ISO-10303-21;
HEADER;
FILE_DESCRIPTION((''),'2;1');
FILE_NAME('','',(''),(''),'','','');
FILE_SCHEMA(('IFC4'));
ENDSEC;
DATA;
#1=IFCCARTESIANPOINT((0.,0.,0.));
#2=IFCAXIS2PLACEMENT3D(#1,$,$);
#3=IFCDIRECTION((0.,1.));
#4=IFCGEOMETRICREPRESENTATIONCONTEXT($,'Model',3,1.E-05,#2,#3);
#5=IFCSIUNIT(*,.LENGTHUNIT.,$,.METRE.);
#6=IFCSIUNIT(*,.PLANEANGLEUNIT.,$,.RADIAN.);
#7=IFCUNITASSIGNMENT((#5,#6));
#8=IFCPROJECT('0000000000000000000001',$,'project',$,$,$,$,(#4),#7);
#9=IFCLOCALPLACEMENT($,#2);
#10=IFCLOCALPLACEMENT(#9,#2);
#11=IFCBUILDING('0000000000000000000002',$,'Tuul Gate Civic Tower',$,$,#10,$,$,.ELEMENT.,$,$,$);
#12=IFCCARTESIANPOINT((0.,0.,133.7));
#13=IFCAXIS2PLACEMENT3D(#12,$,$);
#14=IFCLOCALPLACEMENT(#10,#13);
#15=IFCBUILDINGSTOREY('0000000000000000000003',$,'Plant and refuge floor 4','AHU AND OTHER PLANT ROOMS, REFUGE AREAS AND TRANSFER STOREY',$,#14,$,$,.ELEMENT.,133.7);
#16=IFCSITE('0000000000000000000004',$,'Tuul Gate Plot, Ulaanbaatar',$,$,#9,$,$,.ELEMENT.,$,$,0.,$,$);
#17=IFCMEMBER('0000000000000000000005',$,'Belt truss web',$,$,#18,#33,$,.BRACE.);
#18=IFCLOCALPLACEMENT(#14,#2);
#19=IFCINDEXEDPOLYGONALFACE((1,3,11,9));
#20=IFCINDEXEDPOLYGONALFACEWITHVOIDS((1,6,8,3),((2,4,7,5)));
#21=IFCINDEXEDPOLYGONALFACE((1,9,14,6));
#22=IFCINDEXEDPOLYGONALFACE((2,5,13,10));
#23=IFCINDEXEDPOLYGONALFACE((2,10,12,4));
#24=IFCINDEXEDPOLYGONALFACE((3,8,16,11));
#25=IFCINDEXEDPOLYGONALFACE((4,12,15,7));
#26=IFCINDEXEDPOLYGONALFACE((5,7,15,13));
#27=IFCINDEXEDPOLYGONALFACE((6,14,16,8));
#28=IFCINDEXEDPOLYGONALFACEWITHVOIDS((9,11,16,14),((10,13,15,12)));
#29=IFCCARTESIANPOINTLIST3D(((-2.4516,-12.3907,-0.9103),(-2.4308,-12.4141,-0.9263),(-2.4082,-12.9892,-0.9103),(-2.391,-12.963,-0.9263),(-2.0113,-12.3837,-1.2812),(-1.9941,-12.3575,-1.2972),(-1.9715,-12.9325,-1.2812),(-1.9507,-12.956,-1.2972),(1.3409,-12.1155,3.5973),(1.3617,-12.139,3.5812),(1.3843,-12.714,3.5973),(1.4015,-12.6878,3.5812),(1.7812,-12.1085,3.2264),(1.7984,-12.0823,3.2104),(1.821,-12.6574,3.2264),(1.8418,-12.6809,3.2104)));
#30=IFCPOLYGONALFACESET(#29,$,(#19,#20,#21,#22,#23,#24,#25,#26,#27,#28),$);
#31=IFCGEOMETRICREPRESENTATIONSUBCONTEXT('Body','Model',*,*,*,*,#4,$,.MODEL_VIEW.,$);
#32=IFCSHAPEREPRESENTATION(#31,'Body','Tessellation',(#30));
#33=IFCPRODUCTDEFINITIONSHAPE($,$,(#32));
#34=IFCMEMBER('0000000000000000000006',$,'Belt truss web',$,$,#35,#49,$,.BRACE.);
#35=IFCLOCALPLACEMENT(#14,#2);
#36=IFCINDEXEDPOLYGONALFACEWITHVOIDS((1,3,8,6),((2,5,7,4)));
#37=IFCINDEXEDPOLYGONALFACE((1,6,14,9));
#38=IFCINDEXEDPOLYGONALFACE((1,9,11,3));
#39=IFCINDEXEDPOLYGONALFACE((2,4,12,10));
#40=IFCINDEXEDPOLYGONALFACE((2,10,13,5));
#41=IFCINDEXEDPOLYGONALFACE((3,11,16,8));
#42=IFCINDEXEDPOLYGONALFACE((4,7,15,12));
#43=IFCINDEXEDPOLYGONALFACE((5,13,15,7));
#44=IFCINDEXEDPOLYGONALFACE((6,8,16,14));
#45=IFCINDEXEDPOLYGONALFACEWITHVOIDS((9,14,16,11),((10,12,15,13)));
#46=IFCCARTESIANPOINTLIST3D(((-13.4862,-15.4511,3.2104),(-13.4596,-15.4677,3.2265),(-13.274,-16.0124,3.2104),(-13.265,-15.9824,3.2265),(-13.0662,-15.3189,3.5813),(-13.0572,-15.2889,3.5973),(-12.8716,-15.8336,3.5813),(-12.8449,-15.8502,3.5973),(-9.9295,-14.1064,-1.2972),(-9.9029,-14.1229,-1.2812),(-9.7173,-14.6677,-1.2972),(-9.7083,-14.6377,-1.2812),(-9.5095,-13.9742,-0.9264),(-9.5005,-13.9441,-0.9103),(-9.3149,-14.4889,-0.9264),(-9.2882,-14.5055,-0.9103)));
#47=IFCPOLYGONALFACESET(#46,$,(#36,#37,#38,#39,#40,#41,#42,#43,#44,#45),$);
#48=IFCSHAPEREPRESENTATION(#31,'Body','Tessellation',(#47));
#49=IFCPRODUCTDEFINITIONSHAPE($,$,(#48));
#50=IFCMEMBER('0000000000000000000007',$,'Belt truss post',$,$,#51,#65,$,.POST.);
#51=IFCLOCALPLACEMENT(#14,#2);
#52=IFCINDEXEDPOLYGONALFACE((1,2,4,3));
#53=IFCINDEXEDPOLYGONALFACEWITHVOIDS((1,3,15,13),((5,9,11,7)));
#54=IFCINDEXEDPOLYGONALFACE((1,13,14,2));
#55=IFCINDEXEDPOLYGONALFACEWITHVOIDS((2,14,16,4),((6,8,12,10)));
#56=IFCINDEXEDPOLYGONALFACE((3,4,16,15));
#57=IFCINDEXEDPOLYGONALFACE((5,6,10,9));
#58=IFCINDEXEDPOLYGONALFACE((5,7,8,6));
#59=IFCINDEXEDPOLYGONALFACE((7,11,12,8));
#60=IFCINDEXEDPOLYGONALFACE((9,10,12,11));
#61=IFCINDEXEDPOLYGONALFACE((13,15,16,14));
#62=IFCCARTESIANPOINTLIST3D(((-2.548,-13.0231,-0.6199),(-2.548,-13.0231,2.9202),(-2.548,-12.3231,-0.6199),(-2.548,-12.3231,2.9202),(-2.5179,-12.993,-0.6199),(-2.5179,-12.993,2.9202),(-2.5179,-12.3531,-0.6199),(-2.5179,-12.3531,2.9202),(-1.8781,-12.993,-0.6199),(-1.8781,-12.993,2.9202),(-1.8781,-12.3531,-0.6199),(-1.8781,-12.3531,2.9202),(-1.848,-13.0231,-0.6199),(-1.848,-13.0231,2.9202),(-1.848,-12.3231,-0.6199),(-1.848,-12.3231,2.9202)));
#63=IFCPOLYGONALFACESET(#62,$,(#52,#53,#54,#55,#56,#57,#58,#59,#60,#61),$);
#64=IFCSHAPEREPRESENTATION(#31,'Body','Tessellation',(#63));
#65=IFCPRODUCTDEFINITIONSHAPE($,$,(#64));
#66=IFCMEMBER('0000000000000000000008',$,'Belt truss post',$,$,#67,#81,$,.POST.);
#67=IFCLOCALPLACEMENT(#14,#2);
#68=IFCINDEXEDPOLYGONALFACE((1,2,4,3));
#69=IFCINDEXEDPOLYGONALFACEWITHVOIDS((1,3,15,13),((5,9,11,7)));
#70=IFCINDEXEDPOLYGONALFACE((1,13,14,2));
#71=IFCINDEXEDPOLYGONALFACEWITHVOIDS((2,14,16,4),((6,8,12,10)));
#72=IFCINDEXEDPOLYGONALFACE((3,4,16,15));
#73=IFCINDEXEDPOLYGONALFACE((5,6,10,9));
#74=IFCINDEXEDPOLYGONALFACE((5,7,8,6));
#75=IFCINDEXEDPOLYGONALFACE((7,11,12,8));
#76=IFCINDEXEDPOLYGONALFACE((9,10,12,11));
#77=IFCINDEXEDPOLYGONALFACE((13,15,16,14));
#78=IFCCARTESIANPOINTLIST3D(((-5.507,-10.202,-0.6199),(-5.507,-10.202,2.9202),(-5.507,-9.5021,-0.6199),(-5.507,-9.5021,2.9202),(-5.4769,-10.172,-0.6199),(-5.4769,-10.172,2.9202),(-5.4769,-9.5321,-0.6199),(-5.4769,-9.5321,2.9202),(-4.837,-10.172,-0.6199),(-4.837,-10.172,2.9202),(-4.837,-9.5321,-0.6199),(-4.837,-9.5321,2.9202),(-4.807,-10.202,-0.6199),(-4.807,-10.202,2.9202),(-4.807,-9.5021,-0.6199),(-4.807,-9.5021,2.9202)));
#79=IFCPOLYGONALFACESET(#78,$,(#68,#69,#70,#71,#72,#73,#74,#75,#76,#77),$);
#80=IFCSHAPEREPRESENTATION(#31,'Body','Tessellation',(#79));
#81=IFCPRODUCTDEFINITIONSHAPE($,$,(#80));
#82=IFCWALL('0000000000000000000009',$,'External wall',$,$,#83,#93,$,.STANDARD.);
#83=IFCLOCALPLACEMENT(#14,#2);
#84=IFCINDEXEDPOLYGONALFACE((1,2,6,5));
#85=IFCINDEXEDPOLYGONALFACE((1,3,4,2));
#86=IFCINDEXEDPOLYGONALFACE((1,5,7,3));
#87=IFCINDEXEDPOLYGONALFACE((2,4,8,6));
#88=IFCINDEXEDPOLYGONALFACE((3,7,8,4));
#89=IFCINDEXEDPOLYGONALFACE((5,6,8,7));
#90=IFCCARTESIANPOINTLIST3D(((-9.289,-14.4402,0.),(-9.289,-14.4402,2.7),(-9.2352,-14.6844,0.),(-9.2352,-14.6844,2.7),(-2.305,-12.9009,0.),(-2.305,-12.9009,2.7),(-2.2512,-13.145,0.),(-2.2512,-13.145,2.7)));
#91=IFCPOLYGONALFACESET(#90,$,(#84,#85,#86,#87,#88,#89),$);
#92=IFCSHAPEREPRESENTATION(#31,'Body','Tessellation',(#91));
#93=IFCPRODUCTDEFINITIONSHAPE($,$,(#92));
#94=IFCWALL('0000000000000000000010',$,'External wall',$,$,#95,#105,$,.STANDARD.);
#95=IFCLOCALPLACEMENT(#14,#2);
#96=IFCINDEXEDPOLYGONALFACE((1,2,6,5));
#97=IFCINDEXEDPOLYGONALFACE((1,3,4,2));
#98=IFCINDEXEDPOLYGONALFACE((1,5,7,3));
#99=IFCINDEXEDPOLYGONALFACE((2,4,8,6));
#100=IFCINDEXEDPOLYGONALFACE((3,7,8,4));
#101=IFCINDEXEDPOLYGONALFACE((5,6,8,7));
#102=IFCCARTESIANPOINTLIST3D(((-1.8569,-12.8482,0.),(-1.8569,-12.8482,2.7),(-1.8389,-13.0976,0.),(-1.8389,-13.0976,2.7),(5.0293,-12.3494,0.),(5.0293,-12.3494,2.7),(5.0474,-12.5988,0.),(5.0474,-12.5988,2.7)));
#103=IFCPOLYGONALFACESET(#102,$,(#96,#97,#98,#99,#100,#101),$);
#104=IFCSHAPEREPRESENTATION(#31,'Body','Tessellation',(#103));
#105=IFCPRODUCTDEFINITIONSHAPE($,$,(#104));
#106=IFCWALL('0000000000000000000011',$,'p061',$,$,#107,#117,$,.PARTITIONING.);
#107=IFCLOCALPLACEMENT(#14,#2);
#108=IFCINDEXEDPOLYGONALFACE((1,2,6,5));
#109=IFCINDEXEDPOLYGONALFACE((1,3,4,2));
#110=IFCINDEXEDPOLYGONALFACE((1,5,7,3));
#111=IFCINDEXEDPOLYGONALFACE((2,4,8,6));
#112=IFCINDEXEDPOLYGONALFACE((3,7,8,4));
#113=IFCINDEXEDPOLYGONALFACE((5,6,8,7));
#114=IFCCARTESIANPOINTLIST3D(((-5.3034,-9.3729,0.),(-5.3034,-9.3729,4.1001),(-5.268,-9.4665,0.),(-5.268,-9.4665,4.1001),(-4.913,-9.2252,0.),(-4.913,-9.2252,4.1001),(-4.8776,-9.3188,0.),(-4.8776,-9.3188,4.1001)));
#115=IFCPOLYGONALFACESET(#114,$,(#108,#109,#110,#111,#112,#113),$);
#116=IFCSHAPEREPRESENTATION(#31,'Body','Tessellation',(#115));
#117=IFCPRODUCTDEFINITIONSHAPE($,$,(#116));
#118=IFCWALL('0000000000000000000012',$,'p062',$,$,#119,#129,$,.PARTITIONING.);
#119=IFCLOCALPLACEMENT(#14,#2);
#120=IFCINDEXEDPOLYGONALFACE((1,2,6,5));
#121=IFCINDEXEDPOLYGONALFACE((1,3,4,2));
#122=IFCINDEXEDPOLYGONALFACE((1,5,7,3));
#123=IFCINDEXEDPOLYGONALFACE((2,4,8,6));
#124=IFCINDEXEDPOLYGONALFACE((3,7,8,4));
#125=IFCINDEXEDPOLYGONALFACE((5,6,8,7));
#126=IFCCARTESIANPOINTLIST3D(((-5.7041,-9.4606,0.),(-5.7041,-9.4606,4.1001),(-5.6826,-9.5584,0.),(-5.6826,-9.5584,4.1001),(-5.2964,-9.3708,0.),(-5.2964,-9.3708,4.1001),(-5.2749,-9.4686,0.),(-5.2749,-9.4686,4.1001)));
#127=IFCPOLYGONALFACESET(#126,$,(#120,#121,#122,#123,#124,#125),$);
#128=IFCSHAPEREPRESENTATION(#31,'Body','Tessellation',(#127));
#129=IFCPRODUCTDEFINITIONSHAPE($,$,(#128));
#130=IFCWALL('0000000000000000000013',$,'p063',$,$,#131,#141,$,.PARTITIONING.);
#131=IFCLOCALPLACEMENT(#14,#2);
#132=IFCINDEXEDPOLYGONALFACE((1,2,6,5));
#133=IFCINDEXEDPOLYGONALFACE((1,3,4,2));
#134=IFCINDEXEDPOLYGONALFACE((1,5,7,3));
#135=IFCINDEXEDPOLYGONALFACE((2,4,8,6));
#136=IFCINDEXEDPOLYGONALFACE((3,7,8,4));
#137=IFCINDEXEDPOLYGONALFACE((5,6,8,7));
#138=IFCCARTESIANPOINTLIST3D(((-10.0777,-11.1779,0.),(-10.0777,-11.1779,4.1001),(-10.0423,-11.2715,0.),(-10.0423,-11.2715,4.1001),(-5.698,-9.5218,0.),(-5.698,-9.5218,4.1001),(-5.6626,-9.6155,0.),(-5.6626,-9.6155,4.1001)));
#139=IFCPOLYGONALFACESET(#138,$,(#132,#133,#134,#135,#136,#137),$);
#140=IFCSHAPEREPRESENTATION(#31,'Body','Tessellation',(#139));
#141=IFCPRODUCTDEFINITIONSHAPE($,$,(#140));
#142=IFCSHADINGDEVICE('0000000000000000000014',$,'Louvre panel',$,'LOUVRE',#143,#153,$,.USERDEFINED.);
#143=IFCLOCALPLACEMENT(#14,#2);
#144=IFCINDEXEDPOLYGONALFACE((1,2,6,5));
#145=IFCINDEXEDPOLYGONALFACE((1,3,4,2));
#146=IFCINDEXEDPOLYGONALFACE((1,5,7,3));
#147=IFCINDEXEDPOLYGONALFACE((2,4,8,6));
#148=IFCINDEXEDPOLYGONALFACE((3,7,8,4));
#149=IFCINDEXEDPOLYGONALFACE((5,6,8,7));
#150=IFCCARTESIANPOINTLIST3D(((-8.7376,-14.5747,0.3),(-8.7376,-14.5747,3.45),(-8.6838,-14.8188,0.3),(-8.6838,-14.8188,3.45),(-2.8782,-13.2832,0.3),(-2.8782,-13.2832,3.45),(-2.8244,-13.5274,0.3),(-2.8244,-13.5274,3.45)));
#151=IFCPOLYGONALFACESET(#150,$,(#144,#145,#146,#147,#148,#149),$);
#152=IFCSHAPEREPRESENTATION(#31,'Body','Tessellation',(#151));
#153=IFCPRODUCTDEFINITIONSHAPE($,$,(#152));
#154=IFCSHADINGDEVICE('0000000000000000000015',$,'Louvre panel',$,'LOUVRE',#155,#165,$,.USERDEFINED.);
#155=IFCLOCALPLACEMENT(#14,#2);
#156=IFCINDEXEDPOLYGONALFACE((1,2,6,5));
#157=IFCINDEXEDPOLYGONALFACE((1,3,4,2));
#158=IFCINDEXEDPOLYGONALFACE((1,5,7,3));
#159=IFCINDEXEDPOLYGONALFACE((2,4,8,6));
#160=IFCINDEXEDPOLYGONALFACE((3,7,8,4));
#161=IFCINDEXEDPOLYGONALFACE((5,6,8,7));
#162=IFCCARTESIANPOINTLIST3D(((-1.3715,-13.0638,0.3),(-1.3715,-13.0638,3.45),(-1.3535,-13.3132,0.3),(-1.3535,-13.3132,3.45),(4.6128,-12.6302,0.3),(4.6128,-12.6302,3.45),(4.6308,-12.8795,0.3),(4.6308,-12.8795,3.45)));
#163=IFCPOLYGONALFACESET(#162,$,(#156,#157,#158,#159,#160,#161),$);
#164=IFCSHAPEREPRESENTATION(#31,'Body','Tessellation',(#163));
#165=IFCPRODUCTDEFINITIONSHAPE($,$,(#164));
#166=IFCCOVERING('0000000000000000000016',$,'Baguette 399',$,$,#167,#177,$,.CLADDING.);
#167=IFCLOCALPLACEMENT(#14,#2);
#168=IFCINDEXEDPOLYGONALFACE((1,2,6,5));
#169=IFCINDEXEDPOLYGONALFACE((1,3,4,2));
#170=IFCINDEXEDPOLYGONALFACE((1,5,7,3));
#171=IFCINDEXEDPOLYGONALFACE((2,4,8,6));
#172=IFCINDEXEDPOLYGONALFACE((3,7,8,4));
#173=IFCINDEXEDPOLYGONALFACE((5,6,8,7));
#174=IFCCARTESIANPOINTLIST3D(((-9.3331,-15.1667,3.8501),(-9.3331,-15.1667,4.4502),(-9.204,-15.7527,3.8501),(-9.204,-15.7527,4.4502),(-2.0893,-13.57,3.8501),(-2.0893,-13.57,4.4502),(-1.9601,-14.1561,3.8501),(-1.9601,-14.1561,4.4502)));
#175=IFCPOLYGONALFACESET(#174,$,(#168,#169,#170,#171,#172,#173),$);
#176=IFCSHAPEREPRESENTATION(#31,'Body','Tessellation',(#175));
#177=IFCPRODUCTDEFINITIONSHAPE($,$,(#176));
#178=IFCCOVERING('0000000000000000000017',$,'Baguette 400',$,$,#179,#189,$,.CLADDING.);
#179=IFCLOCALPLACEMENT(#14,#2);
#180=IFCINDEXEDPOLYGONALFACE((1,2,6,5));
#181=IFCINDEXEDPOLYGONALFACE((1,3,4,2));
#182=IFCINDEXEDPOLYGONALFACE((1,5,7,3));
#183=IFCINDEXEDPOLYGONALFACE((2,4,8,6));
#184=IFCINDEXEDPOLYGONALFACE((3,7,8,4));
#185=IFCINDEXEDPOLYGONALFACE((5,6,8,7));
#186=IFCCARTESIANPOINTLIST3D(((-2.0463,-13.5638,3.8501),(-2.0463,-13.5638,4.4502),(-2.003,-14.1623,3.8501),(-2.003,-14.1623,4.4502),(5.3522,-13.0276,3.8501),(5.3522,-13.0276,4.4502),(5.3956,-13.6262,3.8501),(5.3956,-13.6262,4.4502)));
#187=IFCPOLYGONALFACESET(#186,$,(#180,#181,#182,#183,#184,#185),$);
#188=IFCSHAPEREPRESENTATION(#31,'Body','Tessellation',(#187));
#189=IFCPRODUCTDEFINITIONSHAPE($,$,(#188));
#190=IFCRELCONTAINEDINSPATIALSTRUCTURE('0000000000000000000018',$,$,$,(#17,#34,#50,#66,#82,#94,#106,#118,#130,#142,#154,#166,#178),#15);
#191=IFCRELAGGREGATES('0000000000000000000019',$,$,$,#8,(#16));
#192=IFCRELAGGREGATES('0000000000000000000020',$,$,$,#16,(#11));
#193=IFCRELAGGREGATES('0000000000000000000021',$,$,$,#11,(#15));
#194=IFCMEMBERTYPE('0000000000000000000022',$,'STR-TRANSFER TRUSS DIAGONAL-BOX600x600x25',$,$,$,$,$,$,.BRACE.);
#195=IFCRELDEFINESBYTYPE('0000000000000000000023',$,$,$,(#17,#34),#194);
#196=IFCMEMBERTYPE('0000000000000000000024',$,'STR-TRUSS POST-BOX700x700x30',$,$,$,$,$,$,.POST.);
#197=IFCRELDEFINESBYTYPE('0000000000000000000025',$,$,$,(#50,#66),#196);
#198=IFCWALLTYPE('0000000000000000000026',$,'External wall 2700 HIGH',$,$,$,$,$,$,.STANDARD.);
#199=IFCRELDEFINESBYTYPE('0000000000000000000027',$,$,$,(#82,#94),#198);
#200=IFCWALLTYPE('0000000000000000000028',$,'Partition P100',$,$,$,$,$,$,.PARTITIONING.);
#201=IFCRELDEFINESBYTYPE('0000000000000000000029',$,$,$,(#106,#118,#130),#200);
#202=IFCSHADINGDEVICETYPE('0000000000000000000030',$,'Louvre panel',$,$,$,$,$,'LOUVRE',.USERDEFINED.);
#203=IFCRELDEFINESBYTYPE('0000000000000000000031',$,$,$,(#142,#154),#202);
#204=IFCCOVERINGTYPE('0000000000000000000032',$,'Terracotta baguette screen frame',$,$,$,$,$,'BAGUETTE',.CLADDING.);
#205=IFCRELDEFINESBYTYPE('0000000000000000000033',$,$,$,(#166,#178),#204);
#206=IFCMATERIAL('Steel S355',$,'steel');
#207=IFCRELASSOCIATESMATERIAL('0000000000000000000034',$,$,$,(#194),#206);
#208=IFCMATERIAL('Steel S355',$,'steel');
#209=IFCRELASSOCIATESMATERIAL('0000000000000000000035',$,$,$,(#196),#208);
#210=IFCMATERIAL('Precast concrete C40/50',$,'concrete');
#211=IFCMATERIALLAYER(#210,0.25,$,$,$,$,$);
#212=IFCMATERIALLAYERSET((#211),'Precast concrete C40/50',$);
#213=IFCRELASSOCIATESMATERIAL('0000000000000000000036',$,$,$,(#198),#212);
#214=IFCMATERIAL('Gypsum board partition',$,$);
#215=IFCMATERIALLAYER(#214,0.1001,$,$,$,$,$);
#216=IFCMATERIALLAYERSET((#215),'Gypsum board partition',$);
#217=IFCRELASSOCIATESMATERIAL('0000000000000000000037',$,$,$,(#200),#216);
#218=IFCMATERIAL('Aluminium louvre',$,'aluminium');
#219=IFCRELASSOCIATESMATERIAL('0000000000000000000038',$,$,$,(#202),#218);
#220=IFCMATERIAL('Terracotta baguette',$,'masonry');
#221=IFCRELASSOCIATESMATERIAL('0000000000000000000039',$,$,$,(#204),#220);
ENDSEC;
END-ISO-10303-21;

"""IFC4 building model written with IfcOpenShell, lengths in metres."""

from ifc_helpers import new_model, si_unit, direction, frame, frame_2d, origin, origin_2d, place, context, subcontext, project, spatial, rectangle, hollow_rectangle, extrude, material, layer, layer_set, material_profile, profile_set, type_object, element, save


model = new_model("IFC4")

# Units and contexts
model_context = context("Model", 3, precision=1e-05, world=origin(), true_north=direction((0.0, 1.0)))
body_context = subcontext(model_context, "Body", "Model", "MODEL_VIEW")
ifc_project = project(units=[si_unit("LENGTHUNIT", "METRE"), si_unit("PLANEANGLEUNIT", "RADIAN")], contexts=[model_context])

# Site, building, storey
site_placement = place(None, origin())
site = spatial("IfcSite", under=ifc_project, at=site_placement, Name="Tuul Gate Plot, Ulaanbaatar", CompositionType="ELEMENT", RefElevation=0.0)
building_placement = place(site_placement, origin())
building = spatial("IfcBuilding", under=site, at=building_placement, Name="Tuul Gate Civic Tower", CompositionType="ELEMENT")
storey_placement = place(building_placement, frame((0.0, 0.0, 133.7)))
storey = spatial("IfcBuildingStorey", under=building, at=storey_placement, Name="Plant and refuge floor 4", Description="AHU AND OTHER PLANT ROOMS, REFUGE AREAS AND TRANSFER STOREY", CompositionType="ELEMENT", Elevation=133.7)

# Members
ifc_material_1 = material(Name="Steel S355", Category="steel")
ifc_material_profile_1 = material_profile(ifc_material_1, hollow_rectangle(XDim=0.6001, YDim=0.6001, WallThickness=0.0249, at=origin_2d()), Name="BOX600x600x25")
ifc_profile_set_1 = profile_set([ifc_material_profile_1], Name="Steel S355")
member_type_1 = type_object("IfcMemberType", Name="STR-TRANSFER TRUSS DIAGONAL-BOX600x600x25", PredefinedType="BRACE", material=ifc_profile_set_1)
for number, where, z_axis, x_axis, name in (
    (1, (-2.2012, -12.6733, -1.1038), (0.6431, 0.046657, 0.764359), (-0.07236, 0.997379, 0.0), "Belt truss web"),
    (2, (-9.6089, -14.3059, -1.1038), (-0.603114, -0.228031, 0.764366), (0.353655, -0.935376, 0.0), "Belt truss web"),
):
    element("IfcMember", number, at=place(storey_placement, frame(where, z_axis=z_axis, x_axis=x_axis)), inside=storey, type_object=member_type_1, Name=name, PredefinedType="BRACE", context=body_context, shape_type="SweptSolid", body=[
        extrude(hollow_rectangle(XDim=0.6001, YDim=0.6001, WallThickness=0.0249, at=origin_2d()), origin(), (0.0, 0.0, 1.0), 5.8972),
    ])
ifc_material_2 = material(Name="Steel S355", Category="steel")
ifc_material_profile_2 = material_profile(ifc_material_2, hollow_rectangle(XDim=0.7, YDim=0.7, WallThickness=0.03, at=origin_2d()), Name="BOX700x700x30")
ifc_profile_set_2 = profile_set([ifc_material_profile_2], Name="Steel S355")
member_type_2 = type_object("IfcMemberType", Name="STR-TRUSS POST-BOX700x700x30", PredefinedType="POST", material=ifc_profile_set_2)
for number, where, z_axis, x_axis, name in (
    (3, (-2.198, -12.6731, -0.6199), (0.0, 0.0, 1.0), (1.0, 0.0, 0.0), "Belt truss post"),
    (4, (-5.157, -9.8521, -0.6199), (0.0, 0.0, 1.0), (1.0, 0.0, 0.0), "Belt truss post"),
):
    element("IfcMember", number, at=place(storey_placement, frame(where, z_axis=z_axis, x_axis=x_axis)), inside=storey, type_object=member_type_2, Name=name, PredefinedType="POST", context=body_context, shape_type="SweptSolid", body=[
        extrude(hollow_rectangle(XDim=0.7, YDim=0.7, WallThickness=0.03, at=origin_2d()), origin(), (0.0, 0.0, 1.0), 3.54),
    ])

# Walls
ifc_material_3 = material(Name="Precast concrete C40/50", Category="concrete")
ifc_layer_1 = layer(ifc_material_3, 0.25)
ifc_layer_set_1 = layer_set([ifc_layer_1], Name="Precast concrete C40/50")
wall_type_1 = type_object("IfcWallType", Name="External wall 2700 HIGH", PredefinedType="STANDARD", material=ifc_layer_set_1)
wall_1_placement = place(storey_placement, frame((-9.262, -14.5623, 0.0), z_axis=(0.0, 0.0, 1.0), x_axis=(0.976561, 0.215242, 0.0)))
element("IfcWall", 5, at=wall_1_placement, inside=storey, type_object=wall_type_1, Name="External wall", PredefinedType="STANDARD", context=body_context, shape_type="SweptSolid", body=[
    extrude(rectangle(XDim=7.1516, YDim=0.25, at=frame_2d((3.5757, 0.0))), origin(), (0.0, 0.0, 1.0), 2.7),
])
wall_2_placement = place(storey_placement, frame((-1.8479, -12.9729, 0.0), z_axis=(0.0, 0.0, 1.0), x_axis=(0.997387, 0.072242, 0.0)))
element("IfcWall", 6, at=wall_2_placement, inside=storey, type_object=wall_type_1, Name="External wall", PredefinedType="STANDARD", context=body_context, shape_type="SweptSolid", body=[
    extrude(rectangle(XDim=6.9043, YDim=0.25, at=frame_2d((3.4521, 0.0))), origin(), (0.0, 0.0, 1.0), 2.7),
])
ifc_material_4 = material(Name="Gypsum board partition")
ifc_layer_2 = layer(ifc_material_4, 0.1001)
ifc_layer_set_2 = layer_set([ifc_layer_2], Name="Gypsum board partition")
wall_type_2 = type_object("IfcWallType", Name="Partition P100", PredefinedType="PARTITIONING", material=ifc_layer_set_2)
for number, where, z_axis, x_axis, name in (
    (7, (-4.8953, -9.272, 0.0), (0.0, 0.0, 1.0), (-0.935291, -0.353878, 0.0), "p061"),
    (8, (-5.2856, -9.4197, 0.0), (0.0, 0.0, 1.0), (-0.976571, -0.215196, 0.0), "p062"),
):
    element("IfcWall", number, at=place(storey_placement, frame(where, z_axis=z_axis, x_axis=x_axis)), inside=storey, type_object=wall_type_2, Name=name, PredefinedType="PARTITIONING", context=body_context, shape_type="SweptSolid", body=[
        extrude(rectangle(XDim=0.4175, YDim=0.1001, at=frame_2d((0.2087, 0.0))), origin(), (0.0, 0.0, 1.0), 4.1001),
    ])
wall_3_placement = place(storey_placement, frame((-5.6802, -9.5686, 0.0), z_axis=(0.0, 0.0, 1.0), x_axis=(-0.935368, -0.353676, 0.0)))
element("IfcWall", 9, at=wall_3_placement, inside=storey, type_object=wall_type_2, Name="p063", PredefinedType="PARTITIONING", context=body_context, shape_type="SweptSolid", body=[
    extrude(rectangle(XDim=4.6824, YDim=0.1001, at=frame_2d((2.3413, 0.0))), origin(), (0.0, 0.0, 1.0), 4.1001),
])

# Shading devices
ifc_material_5 = material(Name="Aluminium louvre", Category="aluminium")
shading_device_type = type_object("IfcShadingDeviceType", Name="Louvre panel", ElementType="LOUVRE", PredefinedType="USERDEFINED", material=ifc_material_5)
for number, where, z_axis, x_axis, name in (
    (10, (-5.781, -14.051, 0.3), (0.0, 0.0, 1.0), (0.215242, -0.976561, 0.0), "Louvre panel"),
    (11, (1.6296, -12.9717, 0.3), (0.0, 0.0, 1.0), (0.072276, -0.997385, 0.0), "Louvre panel"),
):
    element("IfcShadingDevice", number, at=place(storey_placement, frame(where, z_axis=z_axis, x_axis=x_axis)), inside=storey, type_object=shading_device_type, Name=name, ObjectType="LOUVRE", PredefinedType="USERDEFINED", context=body_context, shape_type="SweptSolid", body=[
        extrude(rectangle(XDim=0.25, YDim=6.0, at=origin_2d()), origin(), (0.0, 0.0, 1.0), 3.1499),
    ])

# Coverings
ifc_material_6 = material(Name="Terracotta baguette", Category="masonry")
ifc_material_profile_3 = material_profile(ifc_material_6, rectangle(XDim=0.6001, YDim=0.6001, at=origin_2d()), Name="Terracotta baguette screen frame")
ifc_profile_set_3 = profile_set([ifc_material_profile_3], Name="Terracotta baguette")
covering_type = type_object("IfcCoveringType", Name="Terracotta baguette screen frame", ElementType="BAGUETTE", PredefinedType="CLADDING", material=ifc_profile_set_3)
covering_1_placement = place(storey_placement, frame((-9.2686, -15.4597, 4.1501), z_axis=(0.976559, 0.21525, 0.0), x_axis=(-0.21525, 0.976559, 0.0)))
element("IfcCovering", 12, at=covering_1_placement, inside=storey, type_object=covering_type, Name="Baguette 399", PredefinedType="CLADDING", context=body_context, shape_type="SweptSolid", body=[
    extrude(rectangle(XDim=0.6001, YDim=0.6001, at=origin_2d()), origin(), (0.0, 0.0, 1.0), 7.4177),
])
covering_2_placement = place(storey_placement, frame((-2.0247, -13.863, 4.1501), z_axis=(0.997385, 0.072274, 0.0), x_axis=(-0.072274, 0.997385, 0.0)))
element("IfcCovering", 13, at=covering_2_placement, inside=storey, type_object=covering_type, Name="Baguette 400", PredefinedType="CLADDING", context=body_context, shape_type="SweptSolid", body=[
    extrude(rectangle(XDim=0.6001, YDim=0.6001, at=origin_2d()), origin(), (0.0, 0.0, 1.0), 7.418),
])

save(model, "model.ifc")
